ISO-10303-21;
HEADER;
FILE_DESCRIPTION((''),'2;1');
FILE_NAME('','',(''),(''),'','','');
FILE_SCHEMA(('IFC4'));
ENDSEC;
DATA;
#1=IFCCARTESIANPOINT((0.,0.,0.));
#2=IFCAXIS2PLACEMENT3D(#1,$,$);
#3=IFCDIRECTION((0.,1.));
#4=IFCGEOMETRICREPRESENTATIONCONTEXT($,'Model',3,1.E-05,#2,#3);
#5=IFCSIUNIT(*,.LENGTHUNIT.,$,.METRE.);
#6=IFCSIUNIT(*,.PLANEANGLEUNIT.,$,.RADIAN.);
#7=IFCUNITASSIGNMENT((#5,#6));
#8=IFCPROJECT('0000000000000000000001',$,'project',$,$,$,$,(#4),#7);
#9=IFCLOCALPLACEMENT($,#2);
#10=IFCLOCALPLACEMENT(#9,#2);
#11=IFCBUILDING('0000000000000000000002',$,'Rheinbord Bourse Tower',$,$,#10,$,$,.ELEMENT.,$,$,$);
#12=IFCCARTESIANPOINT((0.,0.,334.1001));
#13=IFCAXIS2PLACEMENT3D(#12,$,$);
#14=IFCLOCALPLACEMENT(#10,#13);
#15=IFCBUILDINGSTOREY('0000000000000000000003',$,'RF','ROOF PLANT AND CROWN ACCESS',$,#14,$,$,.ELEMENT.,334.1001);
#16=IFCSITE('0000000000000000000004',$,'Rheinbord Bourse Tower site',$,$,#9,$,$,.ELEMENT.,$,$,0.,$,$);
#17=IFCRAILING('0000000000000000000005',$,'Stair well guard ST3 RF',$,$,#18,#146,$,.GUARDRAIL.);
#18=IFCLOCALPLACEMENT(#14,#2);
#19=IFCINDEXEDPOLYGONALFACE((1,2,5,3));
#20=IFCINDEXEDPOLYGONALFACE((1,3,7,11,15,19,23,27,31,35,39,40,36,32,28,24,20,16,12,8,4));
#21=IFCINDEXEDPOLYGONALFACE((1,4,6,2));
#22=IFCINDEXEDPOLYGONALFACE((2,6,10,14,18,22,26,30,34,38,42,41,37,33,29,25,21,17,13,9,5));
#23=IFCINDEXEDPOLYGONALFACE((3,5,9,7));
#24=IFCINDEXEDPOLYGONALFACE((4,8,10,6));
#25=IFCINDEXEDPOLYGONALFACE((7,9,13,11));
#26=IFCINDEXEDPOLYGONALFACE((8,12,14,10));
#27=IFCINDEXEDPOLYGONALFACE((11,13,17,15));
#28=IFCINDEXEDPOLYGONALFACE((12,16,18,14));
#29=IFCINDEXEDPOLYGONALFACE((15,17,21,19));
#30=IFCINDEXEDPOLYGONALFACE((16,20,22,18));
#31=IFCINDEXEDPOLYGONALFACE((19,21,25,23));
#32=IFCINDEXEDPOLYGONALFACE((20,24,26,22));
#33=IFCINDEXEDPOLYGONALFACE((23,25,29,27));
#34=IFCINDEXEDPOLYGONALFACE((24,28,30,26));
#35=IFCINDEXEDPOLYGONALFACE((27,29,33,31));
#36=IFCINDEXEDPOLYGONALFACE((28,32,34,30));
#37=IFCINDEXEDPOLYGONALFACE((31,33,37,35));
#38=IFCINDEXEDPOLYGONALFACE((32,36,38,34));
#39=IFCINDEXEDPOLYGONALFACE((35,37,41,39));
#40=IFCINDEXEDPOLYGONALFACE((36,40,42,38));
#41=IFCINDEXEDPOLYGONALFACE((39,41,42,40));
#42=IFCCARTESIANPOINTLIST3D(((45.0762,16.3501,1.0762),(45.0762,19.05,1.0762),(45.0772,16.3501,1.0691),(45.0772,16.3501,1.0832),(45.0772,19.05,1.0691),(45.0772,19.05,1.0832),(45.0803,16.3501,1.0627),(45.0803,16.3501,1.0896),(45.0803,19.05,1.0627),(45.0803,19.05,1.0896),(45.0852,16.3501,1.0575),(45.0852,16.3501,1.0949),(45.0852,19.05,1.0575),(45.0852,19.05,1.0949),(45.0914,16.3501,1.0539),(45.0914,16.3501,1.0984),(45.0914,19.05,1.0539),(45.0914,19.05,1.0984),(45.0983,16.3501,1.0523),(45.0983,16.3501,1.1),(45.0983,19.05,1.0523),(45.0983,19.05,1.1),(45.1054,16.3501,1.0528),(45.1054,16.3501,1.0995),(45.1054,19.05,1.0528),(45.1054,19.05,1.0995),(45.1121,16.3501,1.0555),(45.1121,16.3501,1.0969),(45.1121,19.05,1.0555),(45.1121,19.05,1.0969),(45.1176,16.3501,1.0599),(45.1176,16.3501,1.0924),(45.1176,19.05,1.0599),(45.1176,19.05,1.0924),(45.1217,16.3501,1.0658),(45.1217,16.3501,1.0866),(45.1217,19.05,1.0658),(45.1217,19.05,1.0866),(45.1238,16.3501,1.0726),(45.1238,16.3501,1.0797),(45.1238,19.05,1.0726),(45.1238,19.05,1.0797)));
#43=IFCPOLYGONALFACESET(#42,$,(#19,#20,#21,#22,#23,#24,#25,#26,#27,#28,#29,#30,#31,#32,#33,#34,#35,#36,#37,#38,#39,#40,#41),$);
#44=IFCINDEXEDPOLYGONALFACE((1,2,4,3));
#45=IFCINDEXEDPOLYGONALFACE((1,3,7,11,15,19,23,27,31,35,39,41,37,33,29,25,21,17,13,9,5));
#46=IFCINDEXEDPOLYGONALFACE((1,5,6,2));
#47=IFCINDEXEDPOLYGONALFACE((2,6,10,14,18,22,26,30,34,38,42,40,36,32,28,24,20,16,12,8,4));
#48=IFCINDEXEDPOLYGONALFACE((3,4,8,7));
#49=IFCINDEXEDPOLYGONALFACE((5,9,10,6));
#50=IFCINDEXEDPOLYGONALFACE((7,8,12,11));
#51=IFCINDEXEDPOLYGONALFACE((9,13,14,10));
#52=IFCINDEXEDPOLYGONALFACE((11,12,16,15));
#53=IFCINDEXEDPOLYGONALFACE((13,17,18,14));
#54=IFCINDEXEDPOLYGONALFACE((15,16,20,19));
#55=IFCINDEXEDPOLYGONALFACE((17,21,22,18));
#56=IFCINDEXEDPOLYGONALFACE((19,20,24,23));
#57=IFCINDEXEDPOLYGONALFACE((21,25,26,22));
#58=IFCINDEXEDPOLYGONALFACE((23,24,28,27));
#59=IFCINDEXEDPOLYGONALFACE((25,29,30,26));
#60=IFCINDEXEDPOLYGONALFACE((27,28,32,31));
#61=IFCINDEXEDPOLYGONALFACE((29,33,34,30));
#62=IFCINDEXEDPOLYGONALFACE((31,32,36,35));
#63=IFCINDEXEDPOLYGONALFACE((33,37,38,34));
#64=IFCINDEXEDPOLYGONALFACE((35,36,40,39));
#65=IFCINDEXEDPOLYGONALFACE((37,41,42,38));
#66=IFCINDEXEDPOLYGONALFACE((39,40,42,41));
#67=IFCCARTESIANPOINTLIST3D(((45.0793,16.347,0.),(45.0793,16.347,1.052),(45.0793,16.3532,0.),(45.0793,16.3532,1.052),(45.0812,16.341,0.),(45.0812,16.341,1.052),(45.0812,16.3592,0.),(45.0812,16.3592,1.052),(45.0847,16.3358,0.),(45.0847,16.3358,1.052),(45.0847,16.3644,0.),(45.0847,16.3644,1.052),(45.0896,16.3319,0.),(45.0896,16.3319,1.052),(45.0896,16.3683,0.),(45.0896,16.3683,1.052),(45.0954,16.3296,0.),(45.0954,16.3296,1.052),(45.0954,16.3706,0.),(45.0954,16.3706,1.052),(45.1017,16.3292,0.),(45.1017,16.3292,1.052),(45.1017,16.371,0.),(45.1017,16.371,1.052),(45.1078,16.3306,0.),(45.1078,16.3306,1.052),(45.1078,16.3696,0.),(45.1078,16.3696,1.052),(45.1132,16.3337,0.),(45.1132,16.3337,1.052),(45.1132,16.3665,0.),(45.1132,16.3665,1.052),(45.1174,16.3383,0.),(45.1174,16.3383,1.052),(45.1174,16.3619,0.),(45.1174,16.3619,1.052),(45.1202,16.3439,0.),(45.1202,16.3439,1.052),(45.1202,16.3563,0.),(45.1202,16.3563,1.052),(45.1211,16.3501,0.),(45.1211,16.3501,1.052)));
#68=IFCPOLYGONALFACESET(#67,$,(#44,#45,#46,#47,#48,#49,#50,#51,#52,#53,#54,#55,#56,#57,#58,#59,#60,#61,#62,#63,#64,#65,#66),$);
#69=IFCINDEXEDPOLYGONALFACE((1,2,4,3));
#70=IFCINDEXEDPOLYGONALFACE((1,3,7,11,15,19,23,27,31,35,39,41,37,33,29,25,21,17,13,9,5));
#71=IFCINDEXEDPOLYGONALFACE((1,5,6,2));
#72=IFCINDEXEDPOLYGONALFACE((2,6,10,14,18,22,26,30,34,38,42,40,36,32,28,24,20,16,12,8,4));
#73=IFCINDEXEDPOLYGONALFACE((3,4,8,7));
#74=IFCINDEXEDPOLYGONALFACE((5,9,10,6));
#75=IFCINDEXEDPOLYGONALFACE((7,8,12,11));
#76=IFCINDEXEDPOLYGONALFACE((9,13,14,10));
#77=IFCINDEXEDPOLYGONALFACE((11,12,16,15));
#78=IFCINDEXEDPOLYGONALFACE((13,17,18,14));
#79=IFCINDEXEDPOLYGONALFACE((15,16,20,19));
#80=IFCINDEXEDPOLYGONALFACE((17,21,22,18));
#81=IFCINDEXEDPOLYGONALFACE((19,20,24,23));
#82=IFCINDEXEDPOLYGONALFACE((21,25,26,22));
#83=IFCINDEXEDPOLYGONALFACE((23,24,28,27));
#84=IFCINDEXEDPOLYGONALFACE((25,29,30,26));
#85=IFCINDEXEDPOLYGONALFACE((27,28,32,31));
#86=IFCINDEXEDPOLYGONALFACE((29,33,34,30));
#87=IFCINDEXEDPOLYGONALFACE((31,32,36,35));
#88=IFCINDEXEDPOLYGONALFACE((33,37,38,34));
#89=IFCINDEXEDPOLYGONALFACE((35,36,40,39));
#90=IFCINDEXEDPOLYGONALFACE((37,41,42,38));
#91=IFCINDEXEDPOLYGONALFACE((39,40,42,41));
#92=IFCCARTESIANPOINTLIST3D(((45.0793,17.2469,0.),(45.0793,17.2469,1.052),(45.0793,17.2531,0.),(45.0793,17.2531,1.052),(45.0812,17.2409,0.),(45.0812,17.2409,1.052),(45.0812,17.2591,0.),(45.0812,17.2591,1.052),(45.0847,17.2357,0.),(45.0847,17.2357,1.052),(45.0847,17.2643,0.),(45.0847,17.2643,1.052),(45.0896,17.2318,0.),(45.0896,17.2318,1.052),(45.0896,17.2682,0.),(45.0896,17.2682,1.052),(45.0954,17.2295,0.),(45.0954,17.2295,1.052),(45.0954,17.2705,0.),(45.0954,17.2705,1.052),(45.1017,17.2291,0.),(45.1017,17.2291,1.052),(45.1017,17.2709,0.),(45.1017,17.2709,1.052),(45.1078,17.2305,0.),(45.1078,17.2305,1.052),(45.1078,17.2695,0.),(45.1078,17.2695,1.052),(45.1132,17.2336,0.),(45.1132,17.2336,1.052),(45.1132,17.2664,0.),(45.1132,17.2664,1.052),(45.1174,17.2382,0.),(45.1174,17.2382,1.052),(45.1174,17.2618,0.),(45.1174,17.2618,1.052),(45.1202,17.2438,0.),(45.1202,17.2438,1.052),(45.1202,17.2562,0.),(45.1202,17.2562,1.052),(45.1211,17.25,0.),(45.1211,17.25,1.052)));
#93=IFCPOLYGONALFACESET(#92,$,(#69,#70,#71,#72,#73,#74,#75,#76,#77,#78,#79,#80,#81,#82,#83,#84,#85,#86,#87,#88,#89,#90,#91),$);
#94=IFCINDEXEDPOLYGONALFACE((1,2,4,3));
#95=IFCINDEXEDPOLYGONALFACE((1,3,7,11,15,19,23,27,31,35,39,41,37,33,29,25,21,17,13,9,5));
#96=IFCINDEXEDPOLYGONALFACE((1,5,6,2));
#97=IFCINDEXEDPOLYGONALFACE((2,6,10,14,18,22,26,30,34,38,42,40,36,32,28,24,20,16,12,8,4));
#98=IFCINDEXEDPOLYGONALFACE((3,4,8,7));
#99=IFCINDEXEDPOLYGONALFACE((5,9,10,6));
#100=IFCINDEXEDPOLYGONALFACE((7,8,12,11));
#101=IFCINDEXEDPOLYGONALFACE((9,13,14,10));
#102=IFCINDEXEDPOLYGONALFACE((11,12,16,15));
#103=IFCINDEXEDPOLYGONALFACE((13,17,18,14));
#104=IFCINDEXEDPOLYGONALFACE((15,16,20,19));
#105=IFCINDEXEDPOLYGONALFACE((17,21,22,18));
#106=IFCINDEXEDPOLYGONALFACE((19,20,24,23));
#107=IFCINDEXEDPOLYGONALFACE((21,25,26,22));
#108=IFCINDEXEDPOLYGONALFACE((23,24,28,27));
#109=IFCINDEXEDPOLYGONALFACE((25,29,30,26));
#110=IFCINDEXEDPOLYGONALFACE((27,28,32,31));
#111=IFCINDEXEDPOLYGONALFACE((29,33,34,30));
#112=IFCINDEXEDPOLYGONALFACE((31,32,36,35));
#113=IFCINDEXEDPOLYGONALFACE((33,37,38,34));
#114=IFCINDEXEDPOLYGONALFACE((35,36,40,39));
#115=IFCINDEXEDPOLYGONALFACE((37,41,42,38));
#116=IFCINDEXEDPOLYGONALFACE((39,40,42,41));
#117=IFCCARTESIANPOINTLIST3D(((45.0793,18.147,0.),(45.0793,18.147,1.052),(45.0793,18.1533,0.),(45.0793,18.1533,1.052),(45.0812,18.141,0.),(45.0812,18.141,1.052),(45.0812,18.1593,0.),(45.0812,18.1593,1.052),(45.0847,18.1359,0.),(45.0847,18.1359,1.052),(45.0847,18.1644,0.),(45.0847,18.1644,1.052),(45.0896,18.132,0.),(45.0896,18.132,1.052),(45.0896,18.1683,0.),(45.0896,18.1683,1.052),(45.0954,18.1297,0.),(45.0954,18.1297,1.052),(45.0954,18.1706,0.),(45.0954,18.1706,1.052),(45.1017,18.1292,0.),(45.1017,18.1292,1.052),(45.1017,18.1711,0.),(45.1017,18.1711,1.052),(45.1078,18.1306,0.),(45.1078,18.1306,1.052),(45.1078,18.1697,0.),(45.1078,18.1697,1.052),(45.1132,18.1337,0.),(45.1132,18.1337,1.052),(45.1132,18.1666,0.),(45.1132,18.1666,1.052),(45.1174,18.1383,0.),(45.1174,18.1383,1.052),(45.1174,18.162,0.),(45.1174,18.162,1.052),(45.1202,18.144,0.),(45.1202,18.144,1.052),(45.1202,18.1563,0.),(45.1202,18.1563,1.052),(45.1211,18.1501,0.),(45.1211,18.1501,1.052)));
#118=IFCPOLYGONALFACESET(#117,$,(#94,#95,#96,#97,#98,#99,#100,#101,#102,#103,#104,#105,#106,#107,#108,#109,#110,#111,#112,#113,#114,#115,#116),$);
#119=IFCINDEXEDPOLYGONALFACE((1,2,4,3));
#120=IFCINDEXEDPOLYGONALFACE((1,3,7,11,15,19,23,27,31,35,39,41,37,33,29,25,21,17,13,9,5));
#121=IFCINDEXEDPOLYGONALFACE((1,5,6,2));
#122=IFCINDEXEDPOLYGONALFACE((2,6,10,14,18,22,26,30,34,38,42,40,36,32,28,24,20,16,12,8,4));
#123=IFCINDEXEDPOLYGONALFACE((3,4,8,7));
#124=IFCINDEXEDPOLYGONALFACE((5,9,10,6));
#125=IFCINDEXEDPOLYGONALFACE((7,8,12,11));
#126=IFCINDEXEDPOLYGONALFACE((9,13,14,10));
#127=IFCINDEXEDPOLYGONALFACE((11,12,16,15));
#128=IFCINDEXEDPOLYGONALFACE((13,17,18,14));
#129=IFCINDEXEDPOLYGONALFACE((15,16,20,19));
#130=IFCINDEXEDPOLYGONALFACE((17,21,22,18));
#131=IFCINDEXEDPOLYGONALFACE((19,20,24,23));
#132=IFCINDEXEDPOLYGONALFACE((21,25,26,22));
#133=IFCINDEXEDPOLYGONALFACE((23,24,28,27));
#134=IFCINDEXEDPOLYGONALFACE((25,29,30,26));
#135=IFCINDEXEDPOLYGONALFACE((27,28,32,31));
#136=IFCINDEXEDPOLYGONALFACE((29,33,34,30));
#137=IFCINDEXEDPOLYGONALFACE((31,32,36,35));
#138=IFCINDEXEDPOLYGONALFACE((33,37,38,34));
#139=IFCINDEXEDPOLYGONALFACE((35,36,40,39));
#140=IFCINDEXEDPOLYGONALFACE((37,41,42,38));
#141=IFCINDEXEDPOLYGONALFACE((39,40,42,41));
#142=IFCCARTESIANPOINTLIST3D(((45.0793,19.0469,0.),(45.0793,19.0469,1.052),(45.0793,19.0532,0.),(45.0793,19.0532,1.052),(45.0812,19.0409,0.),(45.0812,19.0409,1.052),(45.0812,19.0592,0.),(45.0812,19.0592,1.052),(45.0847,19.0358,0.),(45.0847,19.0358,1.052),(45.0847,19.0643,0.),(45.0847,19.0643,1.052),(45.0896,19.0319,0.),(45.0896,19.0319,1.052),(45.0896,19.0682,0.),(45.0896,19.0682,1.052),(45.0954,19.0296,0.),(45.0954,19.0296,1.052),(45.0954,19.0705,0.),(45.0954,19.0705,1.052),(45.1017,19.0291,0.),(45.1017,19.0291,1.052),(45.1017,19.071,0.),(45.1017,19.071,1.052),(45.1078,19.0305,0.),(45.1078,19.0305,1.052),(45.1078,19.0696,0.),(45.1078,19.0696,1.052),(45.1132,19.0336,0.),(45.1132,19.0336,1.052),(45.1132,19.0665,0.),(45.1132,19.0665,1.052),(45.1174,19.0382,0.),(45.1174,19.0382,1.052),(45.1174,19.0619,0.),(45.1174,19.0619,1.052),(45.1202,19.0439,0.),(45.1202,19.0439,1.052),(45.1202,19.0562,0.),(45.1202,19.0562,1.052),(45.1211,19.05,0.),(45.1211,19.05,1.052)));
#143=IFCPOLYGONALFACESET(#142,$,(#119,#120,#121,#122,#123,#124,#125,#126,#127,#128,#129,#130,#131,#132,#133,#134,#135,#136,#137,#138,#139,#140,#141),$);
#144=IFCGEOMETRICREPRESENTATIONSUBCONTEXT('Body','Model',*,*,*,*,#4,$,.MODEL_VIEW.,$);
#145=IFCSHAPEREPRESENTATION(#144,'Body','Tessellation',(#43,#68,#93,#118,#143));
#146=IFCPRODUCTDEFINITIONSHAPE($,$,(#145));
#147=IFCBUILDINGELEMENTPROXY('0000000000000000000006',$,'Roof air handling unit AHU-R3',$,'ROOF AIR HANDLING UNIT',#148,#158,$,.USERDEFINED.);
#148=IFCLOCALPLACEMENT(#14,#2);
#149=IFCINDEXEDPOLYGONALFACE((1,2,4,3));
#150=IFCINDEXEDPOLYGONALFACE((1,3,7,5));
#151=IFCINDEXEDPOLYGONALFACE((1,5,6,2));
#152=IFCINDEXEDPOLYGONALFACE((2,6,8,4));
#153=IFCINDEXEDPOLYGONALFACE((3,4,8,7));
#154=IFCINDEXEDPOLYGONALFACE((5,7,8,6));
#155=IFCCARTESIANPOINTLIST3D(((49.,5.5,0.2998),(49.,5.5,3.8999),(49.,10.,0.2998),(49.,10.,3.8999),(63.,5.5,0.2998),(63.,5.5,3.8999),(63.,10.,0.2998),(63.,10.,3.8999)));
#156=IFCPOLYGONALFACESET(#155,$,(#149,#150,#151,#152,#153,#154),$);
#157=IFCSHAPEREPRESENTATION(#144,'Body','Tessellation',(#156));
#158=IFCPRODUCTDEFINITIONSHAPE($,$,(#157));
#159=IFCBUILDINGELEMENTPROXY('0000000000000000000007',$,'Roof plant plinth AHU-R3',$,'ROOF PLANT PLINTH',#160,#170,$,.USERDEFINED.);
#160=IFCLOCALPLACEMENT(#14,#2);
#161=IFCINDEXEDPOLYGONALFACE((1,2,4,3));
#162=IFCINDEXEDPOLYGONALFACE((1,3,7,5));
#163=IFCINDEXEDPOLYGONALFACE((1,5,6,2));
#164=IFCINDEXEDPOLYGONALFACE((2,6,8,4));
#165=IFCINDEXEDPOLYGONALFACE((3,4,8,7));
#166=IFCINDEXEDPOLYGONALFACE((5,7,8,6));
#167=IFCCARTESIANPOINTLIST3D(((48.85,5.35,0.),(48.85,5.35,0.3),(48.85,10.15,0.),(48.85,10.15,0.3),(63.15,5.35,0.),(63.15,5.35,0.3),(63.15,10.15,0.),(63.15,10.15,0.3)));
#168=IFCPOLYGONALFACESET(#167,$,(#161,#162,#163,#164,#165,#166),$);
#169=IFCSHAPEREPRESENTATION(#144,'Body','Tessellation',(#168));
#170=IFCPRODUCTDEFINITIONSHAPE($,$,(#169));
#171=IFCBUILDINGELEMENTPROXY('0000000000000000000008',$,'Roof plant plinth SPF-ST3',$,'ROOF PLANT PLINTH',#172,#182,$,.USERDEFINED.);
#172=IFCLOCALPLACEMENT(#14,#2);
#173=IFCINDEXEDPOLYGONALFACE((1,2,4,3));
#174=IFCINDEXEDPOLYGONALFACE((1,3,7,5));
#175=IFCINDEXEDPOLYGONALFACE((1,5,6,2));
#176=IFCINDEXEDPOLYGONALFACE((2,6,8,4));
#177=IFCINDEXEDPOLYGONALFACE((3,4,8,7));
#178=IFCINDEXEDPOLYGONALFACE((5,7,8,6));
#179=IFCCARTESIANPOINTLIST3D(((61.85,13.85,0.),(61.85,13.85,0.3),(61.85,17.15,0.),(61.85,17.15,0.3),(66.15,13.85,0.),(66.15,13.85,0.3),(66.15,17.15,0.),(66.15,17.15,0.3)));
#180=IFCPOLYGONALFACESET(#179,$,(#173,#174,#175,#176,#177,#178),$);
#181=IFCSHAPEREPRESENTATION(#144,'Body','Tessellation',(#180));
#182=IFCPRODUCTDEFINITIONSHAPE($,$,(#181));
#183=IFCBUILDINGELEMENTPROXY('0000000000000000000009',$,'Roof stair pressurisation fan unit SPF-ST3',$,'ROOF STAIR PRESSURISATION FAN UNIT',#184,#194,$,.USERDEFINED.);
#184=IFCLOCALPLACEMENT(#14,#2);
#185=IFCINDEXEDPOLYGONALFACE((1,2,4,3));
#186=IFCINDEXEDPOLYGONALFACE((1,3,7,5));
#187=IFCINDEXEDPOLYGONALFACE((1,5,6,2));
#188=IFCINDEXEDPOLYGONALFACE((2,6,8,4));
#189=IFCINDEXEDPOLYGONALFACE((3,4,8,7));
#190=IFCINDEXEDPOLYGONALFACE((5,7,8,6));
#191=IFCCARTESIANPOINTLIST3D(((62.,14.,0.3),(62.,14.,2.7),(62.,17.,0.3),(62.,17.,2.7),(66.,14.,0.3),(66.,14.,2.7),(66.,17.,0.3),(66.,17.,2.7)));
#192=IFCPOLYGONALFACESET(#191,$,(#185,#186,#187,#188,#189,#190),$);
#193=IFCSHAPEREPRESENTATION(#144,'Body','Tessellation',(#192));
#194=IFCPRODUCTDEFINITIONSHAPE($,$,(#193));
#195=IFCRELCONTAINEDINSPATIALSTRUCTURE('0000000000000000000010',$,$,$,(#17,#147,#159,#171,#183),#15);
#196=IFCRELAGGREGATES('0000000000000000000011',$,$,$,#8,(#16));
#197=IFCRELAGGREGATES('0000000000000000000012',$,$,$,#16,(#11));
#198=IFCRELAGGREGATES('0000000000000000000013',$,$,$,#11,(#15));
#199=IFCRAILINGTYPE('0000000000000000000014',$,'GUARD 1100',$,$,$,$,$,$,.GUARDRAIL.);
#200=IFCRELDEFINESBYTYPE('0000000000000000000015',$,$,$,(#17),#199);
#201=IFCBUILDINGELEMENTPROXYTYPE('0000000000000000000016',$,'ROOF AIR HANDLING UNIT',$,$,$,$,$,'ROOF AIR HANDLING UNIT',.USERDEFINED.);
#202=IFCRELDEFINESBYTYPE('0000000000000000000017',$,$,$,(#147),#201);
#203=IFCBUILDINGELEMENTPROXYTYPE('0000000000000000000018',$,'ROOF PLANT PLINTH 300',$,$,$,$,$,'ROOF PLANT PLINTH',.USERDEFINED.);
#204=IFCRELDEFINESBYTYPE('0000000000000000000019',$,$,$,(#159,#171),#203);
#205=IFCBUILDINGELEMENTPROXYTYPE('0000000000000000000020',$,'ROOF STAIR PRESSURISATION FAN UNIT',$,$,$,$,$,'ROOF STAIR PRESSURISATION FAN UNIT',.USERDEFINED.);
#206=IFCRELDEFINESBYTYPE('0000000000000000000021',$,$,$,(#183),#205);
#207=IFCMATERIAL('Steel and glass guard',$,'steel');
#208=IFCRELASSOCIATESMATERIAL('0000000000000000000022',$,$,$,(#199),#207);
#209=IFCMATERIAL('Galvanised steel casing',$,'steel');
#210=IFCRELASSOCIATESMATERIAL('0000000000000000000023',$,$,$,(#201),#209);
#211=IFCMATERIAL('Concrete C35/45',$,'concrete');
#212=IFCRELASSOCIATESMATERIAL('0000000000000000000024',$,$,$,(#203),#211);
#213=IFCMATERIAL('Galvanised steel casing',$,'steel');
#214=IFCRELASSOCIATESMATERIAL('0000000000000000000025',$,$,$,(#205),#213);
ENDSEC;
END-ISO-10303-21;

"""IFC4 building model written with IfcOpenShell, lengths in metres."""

from ifc_helpers import new_model, si_unit, direction, frame, origin, origin_2d, place, context, subcontext, project, spatial, rectangle, circle, extrude, material, type_object, element, save


model = new_model("IFC4")

# Units and contexts
model_context = context("Model", 3, precision=1e-05, world=origin(), true_north=direction((0.0, 1.0)))
body_context = subcontext(model_context, "Body", "Model", "MODEL_VIEW")
ifc_project = project(units=[si_unit("LENGTHUNIT", "METRE"), si_unit("PLANEANGLEUNIT", "RADIAN")], contexts=[model_context])

# Site, building, storey
site_placement = place(None, origin())
site = spatial("IfcSite", under=ifc_project, at=site_placement, Name="Rheinbord Bourse Tower site", CompositionType="ELEMENT", RefElevation=0.0)
building_placement = place(site_placement, origin())
building = spatial("IfcBuilding", under=site, at=building_placement, Name="Rheinbord Bourse Tower", CompositionType="ELEMENT")
storey_placement = place(building_placement, frame((0.0, 0.0, 334.1001)))
storey = spatial("IfcBuildingStorey", under=building, at=storey_placement, Name="RF", Description="ROOF PLANT AND CROWN ACCESS", CompositionType="ELEMENT", Elevation=334.1001)

# Railing
ifc_material_1 = material(Name="Steel and glass guard", Category="steel")
railing_type = type_object("IfcRailingType", Name="GUARD 1100", PredefinedType="GUARDRAIL", material=ifc_material_1)
railing_1_placement = place(storey_placement, frame((45.1001, 16.3501, 0.0)))
element("IfcRailing", 1, at=railing_1_placement, inside=storey, type_object=railing_type, Name="Stair well guard ST3 RF", PredefinedType="GUARDRAIL", context=body_context, shape_type="SweptSolid", body=[
    extrude(circle(Radius=0.0239, at=origin_2d()), frame((0.0, 0.0, 1.0762), z_axis=(0.0, 1.0, 0.0), x_axis=(-1.0, 0.0, 0.0)), (0.0, 0.0, 1.0), 2.7),
    extrude(circle(Radius=0.021, at=origin_2d()), origin(), (0.0, 0.0, 1.0), 1.052),
    extrude(circle(Radius=0.021, at=origin_2d()), frame((0.0, 0.8999, 0.0)), (0.0, 0.0, 1.0), 1.052),
    extrude(circle(Radius=0.021, at=origin_2d()), frame((0.0, 1.8, 0.0)), (0.0, 0.0, 1.0), 1.052),
    extrude(circle(Radius=0.021, at=origin_2d()), frame((0.0, 2.7, 0.0)), (0.0, 0.0, 1.0), 1.052),
])

# Building element proxies
ifc_material_2 = material(Name="Galvanised steel casing", Category="steel")
building_element_proxy_type_1 = type_object("IfcBuildingElementProxyType", Name="ROOF AIR HANDLING UNIT", ElementType="ROOF AIR HANDLING UNIT", PredefinedType="USERDEFINED", material=ifc_material_2)
proxy_1_placement = place(storey_placement, frame((56.0, 7.75, 0.2998), z_axis=(0.0, 0.0, 1.0), x_axis=(1.0, 0.0, 0.0)))
element("IfcBuildingElementProxy", 2, at=proxy_1_placement, inside=storey, type_object=building_element_proxy_type_1, Name="Roof air handling unit AHU-R3", ObjectType="ROOF AIR HANDLING UNIT", PredefinedType="USERDEFINED", context=body_context, shape_type="SweptSolid", body=[
    extrude(rectangle(XDim=14.0, YDim=4.5, at=origin_2d()), origin(), (0.0, 0.0, 1.0), 3.6001),
])
ifc_material_3 = material(Name="Concrete C35/45", Category="concrete")
building_element_proxy_type_2 = type_object("IfcBuildingElementProxyType", Name="ROOF PLANT PLINTH 300", ElementType="ROOF PLANT PLINTH", PredefinedType="USERDEFINED", material=ifc_material_3)
proxy_2_placement = place(storey_placement, frame((56.0, 7.75, 0.0), z_axis=(0.0, 0.0, 1.0), x_axis=(1.0, 0.0, 0.0)))
element("IfcBuildingElementProxy", 3, at=proxy_2_placement, inside=storey, type_object=building_element_proxy_type_2, Name="Roof plant plinth AHU-R3", ObjectType="ROOF PLANT PLINTH", PredefinedType="USERDEFINED", context=body_context, shape_type="SweptSolid", body=[
    extrude(rectangle(XDim=14.3, YDim=4.8, at=origin_2d()), origin(), (0.0, 0.0, 1.0), 0.3),
])
proxy_3_placement = place(storey_placement, frame((64.0, 15.5, 0.0), z_axis=(0.0, 0.0, 1.0), x_axis=(1.0, 0.0, 0.0)))
element("IfcBuildingElementProxy", 4, at=proxy_3_placement, inside=storey, type_object=building_element_proxy_type_2, Name="Roof plant plinth SPF-ST3", ObjectType="ROOF PLANT PLINTH", PredefinedType="USERDEFINED", context=body_context, shape_type="SweptSolid", body=[
    extrude(rectangle(XDim=4.3, YDim=3.3, at=origin_2d()), origin(), (0.0, 0.0, 1.0), 0.3),
])
ifc_material_4 = material(Name="Galvanised steel casing", Category="steel")
building_element_proxy_type_3 = type_object("IfcBuildingElementProxyType", Name="ROOF STAIR PRESSURISATION FAN UNIT", ElementType="ROOF STAIR PRESSURISATION FAN UNIT", PredefinedType="USERDEFINED", material=ifc_material_4)
proxy_4_placement = place(storey_placement, frame((64.0, 15.5, 0.3), z_axis=(0.0, 0.0, 1.0), x_axis=(1.0, 0.0, 0.0)))
element("IfcBuildingElementProxy", 5, at=proxy_4_placement, inside=storey, type_object=building_element_proxy_type_3, Name="Roof stair pressurisation fan unit SPF-ST3", ObjectType="ROOF STAIR PRESSURISATION FAN UNIT", PredefinedType="USERDEFINED", context=body_context, shape_type="SweptSolid", body=[
    extrude(rectangle(XDim=4.0, YDim=3.0, at=origin_2d()), origin(), (0.0, 0.0, 1.0), 2.3999),
])

save(model, "model.ifc")
